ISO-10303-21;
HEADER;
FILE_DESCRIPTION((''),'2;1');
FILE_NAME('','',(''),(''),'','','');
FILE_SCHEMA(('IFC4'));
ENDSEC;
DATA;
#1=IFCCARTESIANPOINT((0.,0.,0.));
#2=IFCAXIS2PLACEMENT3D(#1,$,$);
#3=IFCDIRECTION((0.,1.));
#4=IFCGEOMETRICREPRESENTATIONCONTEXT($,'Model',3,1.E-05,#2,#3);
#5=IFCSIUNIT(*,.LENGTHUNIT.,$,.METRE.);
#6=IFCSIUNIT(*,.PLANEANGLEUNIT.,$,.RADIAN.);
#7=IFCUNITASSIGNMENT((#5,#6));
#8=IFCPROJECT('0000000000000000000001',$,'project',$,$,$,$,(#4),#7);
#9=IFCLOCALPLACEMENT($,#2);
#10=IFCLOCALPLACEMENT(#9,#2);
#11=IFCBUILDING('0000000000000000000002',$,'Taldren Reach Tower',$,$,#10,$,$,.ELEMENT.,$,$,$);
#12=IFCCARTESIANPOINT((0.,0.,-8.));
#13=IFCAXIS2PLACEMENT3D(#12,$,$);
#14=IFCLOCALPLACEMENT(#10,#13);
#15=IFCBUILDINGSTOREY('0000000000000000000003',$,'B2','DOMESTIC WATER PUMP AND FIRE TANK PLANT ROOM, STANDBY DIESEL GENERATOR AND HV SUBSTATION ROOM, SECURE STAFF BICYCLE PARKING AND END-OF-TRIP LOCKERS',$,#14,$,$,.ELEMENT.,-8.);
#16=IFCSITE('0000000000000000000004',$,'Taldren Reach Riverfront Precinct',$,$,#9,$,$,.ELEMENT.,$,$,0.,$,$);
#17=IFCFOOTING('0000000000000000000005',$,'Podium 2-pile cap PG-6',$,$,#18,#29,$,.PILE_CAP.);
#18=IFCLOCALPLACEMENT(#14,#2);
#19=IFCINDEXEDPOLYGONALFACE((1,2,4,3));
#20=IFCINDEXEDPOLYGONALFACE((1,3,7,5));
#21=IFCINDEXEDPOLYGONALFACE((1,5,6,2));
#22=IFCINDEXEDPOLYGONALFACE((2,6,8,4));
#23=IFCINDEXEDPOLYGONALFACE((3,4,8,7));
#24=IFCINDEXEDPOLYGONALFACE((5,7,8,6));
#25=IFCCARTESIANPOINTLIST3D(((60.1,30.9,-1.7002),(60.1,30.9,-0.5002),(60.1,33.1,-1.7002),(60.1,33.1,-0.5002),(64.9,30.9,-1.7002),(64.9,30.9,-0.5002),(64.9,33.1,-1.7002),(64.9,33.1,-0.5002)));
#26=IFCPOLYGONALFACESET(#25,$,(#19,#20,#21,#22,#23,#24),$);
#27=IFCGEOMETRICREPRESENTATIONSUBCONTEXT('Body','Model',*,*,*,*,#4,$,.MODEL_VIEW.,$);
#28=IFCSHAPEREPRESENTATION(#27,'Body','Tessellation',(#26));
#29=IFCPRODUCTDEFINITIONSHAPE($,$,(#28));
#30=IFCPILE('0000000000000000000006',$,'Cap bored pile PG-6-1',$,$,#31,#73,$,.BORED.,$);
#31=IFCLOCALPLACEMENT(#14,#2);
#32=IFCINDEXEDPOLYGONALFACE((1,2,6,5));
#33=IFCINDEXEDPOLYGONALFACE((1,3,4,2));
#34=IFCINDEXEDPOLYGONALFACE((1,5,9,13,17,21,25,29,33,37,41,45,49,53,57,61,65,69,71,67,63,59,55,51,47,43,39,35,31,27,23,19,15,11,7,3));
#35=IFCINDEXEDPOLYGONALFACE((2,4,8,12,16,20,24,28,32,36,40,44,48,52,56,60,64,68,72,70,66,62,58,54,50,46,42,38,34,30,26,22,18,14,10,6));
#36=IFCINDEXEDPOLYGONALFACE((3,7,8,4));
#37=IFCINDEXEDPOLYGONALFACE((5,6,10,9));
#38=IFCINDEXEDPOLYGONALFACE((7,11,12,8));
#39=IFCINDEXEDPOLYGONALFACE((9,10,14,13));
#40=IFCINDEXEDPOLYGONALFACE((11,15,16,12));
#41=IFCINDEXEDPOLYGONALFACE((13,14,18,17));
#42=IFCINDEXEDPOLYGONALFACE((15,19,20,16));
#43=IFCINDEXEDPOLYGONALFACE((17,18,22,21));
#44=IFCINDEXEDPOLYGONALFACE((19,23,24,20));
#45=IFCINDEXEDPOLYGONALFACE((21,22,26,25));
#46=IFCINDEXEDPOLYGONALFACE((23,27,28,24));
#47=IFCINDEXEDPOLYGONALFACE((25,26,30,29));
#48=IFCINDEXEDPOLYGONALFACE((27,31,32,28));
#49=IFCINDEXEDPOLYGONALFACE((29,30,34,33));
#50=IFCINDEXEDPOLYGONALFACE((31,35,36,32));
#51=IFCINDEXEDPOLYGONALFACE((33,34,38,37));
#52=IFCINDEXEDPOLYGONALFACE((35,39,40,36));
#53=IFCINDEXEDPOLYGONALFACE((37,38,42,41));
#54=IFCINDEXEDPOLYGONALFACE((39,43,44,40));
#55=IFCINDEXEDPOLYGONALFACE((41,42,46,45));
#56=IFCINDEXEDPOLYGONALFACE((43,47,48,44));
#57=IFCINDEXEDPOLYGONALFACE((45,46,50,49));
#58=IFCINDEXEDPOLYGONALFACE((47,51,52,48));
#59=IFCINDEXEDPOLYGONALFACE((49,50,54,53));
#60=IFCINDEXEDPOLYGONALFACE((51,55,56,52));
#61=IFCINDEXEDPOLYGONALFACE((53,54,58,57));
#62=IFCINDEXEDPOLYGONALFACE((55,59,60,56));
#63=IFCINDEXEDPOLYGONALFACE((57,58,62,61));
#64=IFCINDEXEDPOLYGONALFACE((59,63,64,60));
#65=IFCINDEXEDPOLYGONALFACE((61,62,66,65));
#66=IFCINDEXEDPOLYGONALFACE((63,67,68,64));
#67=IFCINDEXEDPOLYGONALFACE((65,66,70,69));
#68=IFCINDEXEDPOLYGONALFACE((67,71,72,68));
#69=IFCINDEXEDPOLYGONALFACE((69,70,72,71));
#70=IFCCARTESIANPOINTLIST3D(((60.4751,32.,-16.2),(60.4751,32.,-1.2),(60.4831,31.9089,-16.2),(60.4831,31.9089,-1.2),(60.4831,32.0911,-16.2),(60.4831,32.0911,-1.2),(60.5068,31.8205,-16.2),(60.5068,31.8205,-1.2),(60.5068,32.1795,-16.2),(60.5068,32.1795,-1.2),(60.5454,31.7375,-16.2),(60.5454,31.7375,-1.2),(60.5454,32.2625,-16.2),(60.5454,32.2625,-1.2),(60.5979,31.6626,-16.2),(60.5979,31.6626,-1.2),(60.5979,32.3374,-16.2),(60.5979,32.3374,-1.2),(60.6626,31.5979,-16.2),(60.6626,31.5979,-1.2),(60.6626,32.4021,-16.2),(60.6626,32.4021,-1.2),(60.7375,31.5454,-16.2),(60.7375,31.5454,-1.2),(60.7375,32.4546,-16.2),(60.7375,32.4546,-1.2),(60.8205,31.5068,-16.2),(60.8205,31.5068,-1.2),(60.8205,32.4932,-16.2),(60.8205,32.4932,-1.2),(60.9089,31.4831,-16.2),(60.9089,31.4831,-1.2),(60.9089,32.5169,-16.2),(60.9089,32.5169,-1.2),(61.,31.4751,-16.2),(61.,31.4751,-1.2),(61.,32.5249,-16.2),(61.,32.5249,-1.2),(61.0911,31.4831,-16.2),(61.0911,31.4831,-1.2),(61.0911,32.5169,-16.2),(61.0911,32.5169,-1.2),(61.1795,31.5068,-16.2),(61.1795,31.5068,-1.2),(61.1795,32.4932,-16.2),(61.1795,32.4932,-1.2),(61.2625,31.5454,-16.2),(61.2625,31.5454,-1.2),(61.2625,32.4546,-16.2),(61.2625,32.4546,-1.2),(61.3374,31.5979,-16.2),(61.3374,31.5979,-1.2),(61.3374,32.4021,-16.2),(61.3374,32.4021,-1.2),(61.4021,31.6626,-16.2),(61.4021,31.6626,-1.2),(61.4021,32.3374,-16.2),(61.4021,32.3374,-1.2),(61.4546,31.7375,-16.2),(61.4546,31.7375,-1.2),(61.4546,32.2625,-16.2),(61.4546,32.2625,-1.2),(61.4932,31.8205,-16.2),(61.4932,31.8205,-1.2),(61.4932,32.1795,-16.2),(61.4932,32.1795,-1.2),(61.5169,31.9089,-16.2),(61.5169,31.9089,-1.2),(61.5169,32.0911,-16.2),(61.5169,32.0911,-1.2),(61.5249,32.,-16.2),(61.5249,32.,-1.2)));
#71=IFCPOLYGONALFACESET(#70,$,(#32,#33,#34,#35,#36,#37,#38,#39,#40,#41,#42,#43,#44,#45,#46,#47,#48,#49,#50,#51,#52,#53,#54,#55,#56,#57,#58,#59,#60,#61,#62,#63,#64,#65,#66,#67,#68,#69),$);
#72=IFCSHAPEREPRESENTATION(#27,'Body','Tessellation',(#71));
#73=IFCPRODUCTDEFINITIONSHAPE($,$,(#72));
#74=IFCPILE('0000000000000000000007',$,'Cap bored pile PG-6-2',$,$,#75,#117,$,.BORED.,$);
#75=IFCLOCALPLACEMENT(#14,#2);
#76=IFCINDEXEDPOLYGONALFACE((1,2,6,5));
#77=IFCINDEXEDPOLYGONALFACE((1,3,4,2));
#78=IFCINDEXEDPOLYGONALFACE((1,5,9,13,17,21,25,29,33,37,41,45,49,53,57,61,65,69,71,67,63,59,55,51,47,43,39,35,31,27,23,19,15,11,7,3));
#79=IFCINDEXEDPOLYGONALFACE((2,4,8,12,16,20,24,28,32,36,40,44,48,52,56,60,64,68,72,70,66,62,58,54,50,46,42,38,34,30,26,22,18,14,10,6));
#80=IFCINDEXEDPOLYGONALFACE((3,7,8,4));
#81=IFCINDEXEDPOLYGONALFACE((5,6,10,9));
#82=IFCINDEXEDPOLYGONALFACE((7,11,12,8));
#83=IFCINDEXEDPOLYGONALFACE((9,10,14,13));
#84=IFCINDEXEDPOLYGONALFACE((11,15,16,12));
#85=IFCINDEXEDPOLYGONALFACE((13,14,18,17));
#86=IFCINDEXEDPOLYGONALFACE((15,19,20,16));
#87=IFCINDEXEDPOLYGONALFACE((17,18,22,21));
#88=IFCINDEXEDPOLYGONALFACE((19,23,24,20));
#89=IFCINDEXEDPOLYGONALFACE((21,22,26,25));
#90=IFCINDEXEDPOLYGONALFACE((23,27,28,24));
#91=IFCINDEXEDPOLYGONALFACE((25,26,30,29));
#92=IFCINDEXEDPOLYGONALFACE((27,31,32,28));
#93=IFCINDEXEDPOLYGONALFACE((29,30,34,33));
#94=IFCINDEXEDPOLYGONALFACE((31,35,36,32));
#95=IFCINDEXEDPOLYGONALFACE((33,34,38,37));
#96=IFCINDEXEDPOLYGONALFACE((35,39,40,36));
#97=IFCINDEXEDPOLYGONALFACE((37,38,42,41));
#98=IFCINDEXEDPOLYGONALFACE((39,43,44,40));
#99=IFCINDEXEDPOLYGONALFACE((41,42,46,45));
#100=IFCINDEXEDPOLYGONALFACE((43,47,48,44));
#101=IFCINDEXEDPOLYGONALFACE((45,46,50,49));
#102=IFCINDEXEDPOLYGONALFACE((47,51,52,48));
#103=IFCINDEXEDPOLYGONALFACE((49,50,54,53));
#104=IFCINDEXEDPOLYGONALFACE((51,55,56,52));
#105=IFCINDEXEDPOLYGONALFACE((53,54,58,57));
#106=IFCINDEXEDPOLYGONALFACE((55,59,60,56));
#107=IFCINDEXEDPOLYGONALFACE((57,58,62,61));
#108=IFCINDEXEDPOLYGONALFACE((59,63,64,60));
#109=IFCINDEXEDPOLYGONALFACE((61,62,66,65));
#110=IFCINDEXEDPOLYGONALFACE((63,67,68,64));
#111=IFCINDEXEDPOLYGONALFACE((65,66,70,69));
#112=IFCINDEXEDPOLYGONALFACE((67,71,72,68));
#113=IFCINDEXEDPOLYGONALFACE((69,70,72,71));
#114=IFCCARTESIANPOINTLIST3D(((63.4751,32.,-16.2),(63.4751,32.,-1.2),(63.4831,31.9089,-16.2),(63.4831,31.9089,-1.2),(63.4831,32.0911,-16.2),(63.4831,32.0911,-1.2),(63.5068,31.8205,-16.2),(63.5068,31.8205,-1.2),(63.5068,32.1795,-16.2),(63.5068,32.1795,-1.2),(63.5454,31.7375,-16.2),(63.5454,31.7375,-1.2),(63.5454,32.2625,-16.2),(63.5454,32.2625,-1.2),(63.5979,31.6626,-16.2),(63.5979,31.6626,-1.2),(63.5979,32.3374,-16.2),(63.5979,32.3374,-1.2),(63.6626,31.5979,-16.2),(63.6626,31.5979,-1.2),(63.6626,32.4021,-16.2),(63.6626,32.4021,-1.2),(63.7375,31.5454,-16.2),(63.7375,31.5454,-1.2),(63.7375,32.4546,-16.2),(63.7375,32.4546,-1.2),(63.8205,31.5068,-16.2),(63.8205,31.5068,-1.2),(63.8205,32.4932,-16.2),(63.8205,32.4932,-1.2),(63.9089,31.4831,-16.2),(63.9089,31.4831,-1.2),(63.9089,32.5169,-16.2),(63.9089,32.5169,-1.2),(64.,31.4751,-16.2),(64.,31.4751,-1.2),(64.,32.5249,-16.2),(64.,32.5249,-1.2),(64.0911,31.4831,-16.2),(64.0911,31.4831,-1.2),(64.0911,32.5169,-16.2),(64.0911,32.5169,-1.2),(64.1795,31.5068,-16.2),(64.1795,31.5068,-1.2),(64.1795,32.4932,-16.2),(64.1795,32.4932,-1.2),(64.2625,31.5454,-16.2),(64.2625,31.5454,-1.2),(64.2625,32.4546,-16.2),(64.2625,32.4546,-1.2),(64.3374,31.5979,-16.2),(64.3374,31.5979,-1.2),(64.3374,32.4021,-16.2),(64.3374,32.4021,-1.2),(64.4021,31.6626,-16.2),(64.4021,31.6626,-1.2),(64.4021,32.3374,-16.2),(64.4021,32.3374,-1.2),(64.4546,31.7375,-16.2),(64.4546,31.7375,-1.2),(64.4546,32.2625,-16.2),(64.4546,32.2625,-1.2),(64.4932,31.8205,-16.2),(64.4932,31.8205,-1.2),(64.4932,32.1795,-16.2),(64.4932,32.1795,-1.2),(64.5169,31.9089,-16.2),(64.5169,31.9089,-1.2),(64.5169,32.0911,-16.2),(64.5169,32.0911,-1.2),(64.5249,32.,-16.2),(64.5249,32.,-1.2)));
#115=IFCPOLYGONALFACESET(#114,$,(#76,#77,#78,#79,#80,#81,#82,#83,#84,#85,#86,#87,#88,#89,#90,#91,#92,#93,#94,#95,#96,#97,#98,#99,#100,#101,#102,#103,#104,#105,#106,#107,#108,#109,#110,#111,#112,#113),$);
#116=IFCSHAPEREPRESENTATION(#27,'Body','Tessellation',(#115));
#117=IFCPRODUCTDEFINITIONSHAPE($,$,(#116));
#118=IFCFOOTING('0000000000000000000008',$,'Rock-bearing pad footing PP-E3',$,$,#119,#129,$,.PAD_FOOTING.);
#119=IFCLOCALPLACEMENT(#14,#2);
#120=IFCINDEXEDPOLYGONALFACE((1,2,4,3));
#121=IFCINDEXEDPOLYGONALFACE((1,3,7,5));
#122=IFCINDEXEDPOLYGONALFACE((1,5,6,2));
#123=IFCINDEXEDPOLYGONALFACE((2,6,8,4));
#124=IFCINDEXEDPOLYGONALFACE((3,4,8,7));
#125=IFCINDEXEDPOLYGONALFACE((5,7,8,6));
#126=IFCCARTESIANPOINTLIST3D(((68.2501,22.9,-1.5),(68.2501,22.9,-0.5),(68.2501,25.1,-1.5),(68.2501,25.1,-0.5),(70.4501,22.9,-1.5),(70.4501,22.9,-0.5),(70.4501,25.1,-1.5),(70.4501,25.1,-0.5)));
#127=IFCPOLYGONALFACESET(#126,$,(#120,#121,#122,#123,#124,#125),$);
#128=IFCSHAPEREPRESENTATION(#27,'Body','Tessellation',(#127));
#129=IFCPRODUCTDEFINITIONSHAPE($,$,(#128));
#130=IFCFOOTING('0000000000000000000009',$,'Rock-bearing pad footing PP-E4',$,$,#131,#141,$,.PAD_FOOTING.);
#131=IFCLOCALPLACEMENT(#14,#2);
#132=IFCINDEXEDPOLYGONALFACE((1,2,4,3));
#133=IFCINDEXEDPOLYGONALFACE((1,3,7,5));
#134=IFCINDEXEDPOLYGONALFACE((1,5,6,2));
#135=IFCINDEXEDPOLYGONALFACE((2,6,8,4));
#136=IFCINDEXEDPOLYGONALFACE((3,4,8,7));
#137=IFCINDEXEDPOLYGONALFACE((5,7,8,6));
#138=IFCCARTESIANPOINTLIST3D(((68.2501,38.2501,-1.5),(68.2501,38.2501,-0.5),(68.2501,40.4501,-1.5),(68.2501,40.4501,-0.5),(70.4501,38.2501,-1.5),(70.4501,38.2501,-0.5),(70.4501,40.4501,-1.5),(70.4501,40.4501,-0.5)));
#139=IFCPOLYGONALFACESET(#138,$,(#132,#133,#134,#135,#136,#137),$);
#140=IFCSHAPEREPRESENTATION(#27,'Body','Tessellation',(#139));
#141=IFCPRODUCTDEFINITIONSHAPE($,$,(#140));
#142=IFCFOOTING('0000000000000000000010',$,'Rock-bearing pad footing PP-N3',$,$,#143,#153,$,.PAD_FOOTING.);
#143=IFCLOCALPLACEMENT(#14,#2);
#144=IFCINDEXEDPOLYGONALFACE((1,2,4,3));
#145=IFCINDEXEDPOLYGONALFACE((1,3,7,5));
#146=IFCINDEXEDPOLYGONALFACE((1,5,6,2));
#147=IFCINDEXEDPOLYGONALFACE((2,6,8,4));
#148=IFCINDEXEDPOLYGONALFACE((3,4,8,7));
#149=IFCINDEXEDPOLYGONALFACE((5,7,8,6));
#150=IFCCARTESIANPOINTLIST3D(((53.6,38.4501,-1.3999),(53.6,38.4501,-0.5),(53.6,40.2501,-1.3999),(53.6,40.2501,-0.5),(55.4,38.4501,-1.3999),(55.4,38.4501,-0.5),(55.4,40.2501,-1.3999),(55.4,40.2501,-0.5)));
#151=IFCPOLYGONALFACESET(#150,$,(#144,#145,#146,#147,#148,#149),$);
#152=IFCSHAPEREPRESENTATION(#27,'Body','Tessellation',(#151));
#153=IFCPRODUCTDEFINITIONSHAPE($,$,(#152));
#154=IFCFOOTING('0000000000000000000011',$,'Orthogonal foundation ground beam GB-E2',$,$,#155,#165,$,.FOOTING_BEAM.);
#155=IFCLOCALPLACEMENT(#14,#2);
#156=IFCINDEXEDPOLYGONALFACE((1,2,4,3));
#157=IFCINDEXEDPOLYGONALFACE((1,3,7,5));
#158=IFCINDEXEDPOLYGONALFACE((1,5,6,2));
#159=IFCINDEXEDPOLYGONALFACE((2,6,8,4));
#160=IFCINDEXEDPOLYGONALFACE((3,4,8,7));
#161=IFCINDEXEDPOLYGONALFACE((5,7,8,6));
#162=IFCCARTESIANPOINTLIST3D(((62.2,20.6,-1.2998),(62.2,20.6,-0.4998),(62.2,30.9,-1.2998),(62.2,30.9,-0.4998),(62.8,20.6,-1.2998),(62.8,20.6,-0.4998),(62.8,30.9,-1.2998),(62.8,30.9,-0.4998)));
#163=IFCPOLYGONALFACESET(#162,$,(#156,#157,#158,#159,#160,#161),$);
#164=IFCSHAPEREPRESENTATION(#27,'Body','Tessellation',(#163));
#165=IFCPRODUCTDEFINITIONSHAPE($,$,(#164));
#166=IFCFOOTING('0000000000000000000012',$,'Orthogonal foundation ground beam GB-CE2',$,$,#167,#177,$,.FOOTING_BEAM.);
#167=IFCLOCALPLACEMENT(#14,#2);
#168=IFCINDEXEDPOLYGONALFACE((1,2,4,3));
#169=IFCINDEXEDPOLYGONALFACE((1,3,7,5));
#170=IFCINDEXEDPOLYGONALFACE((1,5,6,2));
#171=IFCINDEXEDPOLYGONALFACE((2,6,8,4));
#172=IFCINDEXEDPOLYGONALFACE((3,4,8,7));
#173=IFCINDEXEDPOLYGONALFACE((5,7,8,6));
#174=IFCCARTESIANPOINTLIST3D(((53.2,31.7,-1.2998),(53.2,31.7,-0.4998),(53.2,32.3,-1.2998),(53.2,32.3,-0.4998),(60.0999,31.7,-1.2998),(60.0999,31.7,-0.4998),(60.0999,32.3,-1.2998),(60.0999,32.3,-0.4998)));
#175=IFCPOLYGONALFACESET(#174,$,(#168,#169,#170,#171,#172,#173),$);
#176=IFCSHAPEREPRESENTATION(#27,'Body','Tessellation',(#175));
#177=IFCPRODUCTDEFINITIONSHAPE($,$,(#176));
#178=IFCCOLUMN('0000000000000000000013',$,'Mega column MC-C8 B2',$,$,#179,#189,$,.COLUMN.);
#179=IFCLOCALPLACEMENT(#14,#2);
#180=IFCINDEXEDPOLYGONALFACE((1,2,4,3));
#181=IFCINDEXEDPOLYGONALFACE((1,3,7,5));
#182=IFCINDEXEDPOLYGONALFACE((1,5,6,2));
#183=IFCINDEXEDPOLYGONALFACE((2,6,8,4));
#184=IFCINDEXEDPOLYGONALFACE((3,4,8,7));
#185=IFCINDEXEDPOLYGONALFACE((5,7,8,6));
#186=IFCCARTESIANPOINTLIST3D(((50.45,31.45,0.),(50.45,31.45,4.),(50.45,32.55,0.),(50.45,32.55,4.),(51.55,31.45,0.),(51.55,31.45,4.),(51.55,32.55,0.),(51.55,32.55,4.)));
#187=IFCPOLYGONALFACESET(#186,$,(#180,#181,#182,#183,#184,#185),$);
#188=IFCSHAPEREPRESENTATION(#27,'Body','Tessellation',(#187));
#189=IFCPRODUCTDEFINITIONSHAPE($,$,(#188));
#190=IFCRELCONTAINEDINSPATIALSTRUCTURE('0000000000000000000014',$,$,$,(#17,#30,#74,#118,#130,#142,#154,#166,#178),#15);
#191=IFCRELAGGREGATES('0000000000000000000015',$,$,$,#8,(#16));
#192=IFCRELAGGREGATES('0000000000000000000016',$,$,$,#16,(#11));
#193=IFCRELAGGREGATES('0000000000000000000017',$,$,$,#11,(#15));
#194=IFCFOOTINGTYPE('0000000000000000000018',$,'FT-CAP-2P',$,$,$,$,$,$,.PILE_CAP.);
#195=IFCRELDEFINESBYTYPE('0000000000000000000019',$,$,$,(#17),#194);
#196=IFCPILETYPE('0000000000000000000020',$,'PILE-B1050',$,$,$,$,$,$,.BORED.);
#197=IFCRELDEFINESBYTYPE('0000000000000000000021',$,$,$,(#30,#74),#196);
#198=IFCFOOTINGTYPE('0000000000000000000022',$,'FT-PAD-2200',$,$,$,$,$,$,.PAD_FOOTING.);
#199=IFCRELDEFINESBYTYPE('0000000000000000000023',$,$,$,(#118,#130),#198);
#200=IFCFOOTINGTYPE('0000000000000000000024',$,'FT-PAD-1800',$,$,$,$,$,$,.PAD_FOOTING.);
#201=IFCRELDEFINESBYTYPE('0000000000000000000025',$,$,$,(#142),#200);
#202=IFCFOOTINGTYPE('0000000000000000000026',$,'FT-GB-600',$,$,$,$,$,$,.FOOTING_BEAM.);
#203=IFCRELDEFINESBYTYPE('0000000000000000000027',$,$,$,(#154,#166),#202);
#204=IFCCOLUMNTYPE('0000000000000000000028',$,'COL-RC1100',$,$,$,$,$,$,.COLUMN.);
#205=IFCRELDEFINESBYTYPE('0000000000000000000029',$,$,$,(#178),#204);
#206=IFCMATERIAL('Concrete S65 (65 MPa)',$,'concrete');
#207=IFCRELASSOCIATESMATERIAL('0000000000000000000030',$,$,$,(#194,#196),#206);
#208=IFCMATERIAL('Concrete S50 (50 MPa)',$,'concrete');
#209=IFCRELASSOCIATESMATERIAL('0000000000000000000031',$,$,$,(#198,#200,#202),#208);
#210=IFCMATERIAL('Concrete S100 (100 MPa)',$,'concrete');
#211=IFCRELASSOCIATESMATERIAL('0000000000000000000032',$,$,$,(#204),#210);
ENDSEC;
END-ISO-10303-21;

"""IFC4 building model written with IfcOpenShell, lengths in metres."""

from ifc_helpers import new_model, si_unit, direction, frame, origin, origin_2d, place, context, subcontext, project, spatial, rectangle, circle, extrude, source, transform, mapped, material, material_profile, profile_set, type_object, element, save


model = new_model("IFC4")

# Units and contexts
model_context = context("Model", 3, precision=1e-05, world=origin(), true_north=direction((0.0, 1.0)))
body_context = subcontext(model_context, "Body", "Model", "MODEL_VIEW")
ifc_project = project(units=[si_unit("LENGTHUNIT", "METRE"), si_unit("PLANEANGLEUNIT", "RADIAN")], contexts=[model_context])

# Site, building, storey
site_placement = place(None, origin())
site = spatial("IfcSite", under=ifc_project, at=site_placement, Name="Taldren Reach Riverfront Precinct", CompositionType="ELEMENT", RefElevation=0.0)
building_placement = place(site_placement, origin())
building = spatial("IfcBuilding", under=site, at=building_placement, Name="Taldren Reach Tower", CompositionType="ELEMENT")
storey_placement = place(building_placement, frame((0.0, 0.0, -8.0)))
storey = spatial("IfcBuildingStorey", under=building, at=storey_placement, Name="B2", Description="DOMESTIC WATER PUMP AND FIRE TANK PLANT ROOM, STANDBY DIESEL GENERATOR AND HV SUBSTATION ROOM, SECURE STAFF BICYCLE PARKING AND END-OF-TRIP LOCKERS", CompositionType="ELEMENT", Elevation=-8.0)

# Footing
ifc_material_1 = material(Name="Concrete S65 (65 MPa)", Category="concrete")
footing_type_1 = type_object("IfcFootingType", Name="FT-CAP-2P", PredefinedType="PILE_CAP", material=ifc_material_1)
shared_shape_1 = source(origin(), body_context, "Body", "SweptSolid", [
    extrude(rectangle(XDim=4.8, YDim=2.2, at=origin_2d()), origin(), (0.0, 0.0, 1.0), 1.2),
])
footing_1_placement = place(storey_placement, frame((62.5, 32.0, -1.7002), z_axis=(0.0, 0.0, 1.0), x_axis=(1.0, 0.0, 0.0)))
element("IfcFooting", 1, at=footing_1_placement, inside=storey, type_object=footing_type_1, Name="Podium 2-pile cap PG-6", PredefinedType="PILE_CAP", context=body_context, shape_type="MappedRepresentation", body=[
    mapped(shared_shape_1, transform((0.0, 0.0, 0.0), scale=1.0)),
])

# Piles
ifc_material_profile_1 = material_profile(ifc_material_1, circle(Radius=0.5249, at=origin_2d()), Name="PB-1050")
ifc_profile_set_1 = profile_set([ifc_material_profile_1], Name="Concrete S65 (65 MPa)")
pile_type = type_object("IfcPileType", Name="PILE-B1050", PredefinedType="BORED", material=ifc_profile_set_1)
shared_shape_2 = source(origin(), body_context, "Body", "SweptSolid", [
    extrude(circle(Radius=0.5249, at=origin_2d()), origin(), (0.0, 0.0, 1.0), 15.0),
])
for number, where, z_axis, x_axis, name in (
    (2, (61.0, 32.0, -1.2), (0.0, 0.0, -1.0), (1.0, 0.0, 0.0), "Cap bored pile PG-6-1"),
    (3, (64.0, 32.0, -1.2), (0.0, 0.0, -1.0), (1.0, 0.0, 0.0), "Cap bored pile PG-6-2"),
):
    element("IfcPile", number, at=place(storey_placement, frame(where, z_axis=z_axis, x_axis=x_axis)), inside=storey, type_object=pile_type, Name=name, PredefinedType="BORED", context=body_context, shape_type="MappedRepresentation", body=[
        mapped(shared_shape_2, transform((0.0, 0.0, 0.0), scale=1.0)),
    ])

# Footings
ifc_material_2 = material(Name="Concrete S50 (50 MPa)", Category="concrete")
footing_type_2 = type_object("IfcFootingType", Name="FT-PAD-2200", PredefinedType="PAD_FOOTING", material=ifc_material_2)
shared_shape_3 = source(origin(), body_context, "Body", "SweptSolid", [
    extrude(rectangle(XDim=2.2, YDim=2.2, at=origin_2d()), origin(), (0.0, 0.0, 1.0), 1.0),
])
for number, where, z_axis, x_axis, name in (
    (4, (69.3501, 24.0, -1.5), (0.0, 0.0, 1.0), (1.0, 0.0, 0.0), "Rock-bearing pad footing PP-E3"),
    (5, (69.3501, 39.3501, -1.5), (0.0, 0.0, 1.0), (1.0, 0.0, 0.0), "Rock-bearing pad footing PP-E4"),
):
    element("IfcFooting", number, at=place(storey_placement, frame(where, z_axis=z_axis, x_axis=x_axis)), inside=storey, type_object=footing_type_2, Name=name, PredefinedType="PAD_FOOTING", context=body_context, shape_type="MappedRepresentation", body=[
        mapped(shared_shape_3, transform((0.0, 0.0, 0.0), scale=1.0)),
    ])
footing_type_3 = type_object("IfcFootingType", Name="FT-PAD-1800", PredefinedType="PAD_FOOTING", material=ifc_material_2)
shared_shape_4 = source(origin(), body_context, "Body", "SweptSolid", [
    extrude(rectangle(XDim=1.8, YDim=1.8, at=origin_2d()), origin(), (0.0, 0.0, 1.0), 0.8999),
])
footing_2_placement = place(storey_placement, frame((54.5, 39.3501, -1.3999), z_axis=(0.0, 0.0, 1.0), x_axis=(1.0, 0.0, 0.0)))
element("IfcFooting", 6, at=footing_2_placement, inside=storey, type_object=footing_type_3, Name="Rock-bearing pad footing PP-N3", PredefinedType="PAD_FOOTING", context=body_context, shape_type="MappedRepresentation", body=[
    mapped(shared_shape_4, transform((0.0, 0.0, 0.0), scale=1.0)),
])
footing_type_4 = type_object("IfcFootingType", Name="FT-GB-600", PredefinedType="FOOTING_BEAM", material=ifc_material_2)
shared_shape_5 = source(origin(), body_context, "Body", "SweptSolid", [
    extrude(rectangle(XDim=10.3, YDim=0.6001, at=origin_2d()), origin(), (0.0, 0.0, 1.0), 0.8),
])
footing_3_placement = place(storey_placement, frame((62.5, 25.75, -1.2998), z_axis=(0.0, 0.0, 1.0), x_axis=(0.0, 1.0, 0.0)))
element("IfcFooting", 7, at=footing_3_placement, inside=storey, type_object=footing_type_4, Name="Orthogonal foundation ground beam GB-E2", PredefinedType="FOOTING_BEAM", context=body_context, shape_type="MappedRepresentation", body=[
    mapped(shared_shape_5, transform((0.0, 0.0, 0.0), scale=1.0)),
])
shared_shape_6 = source(origin(), body_context, "Body", "SweptSolid", [
    extrude(rectangle(XDim=6.8999, YDim=0.6001, at=origin_2d()), origin(), (0.0, 0.0, 1.0), 0.8),
])
footing_4_placement = place(storey_placement, frame((56.6499, 32.0, -1.2998), z_axis=(0.0, 0.0, 1.0), x_axis=(1.0, 0.0, 0.0)))
element("IfcFooting", 8, at=footing_4_placement, inside=storey, type_object=footing_type_4, Name="Orthogonal foundation ground beam GB-CE2", PredefinedType="FOOTING_BEAM", context=body_context, shape_type="MappedRepresentation", body=[
    mapped(shared_shape_6, transform((0.0, 0.0, 0.0), scale=1.0)),
])

# Column
ifc_material_3 = material(Name="Concrete S100 (100 MPa)", Category="concrete")
ifc_material_profile_2 = material_profile(ifc_material_3, rectangle(XDim=1.1001, YDim=1.1001, at=origin_2d()), Name="RC-1100x1100")
ifc_profile_set_2 = profile_set([ifc_material_profile_2], Name="Concrete S100 (100 MPa)")
column_type_1 = type_object("IfcColumnType", Name="COL-RC1100", PredefinedType="COLUMN", material=ifc_profile_set_2)
shared_shape_7 = source(origin(), body_context, "Body", "SweptSolid", [
    extrude(rectangle(XDim=1.1001, YDim=1.1001, at=origin_2d()), origin(), (0.0, 0.0, 1.0), 4.0),
])
column_1_placement = place(storey_placement, frame((51.0, 32.0, 0.0), z_axis=(0.0, 0.0, 1.0), x_axis=(1.0, 0.0, 0.0)))
element("IfcColumn", 9, at=column_1_placement, inside=storey, type_object=column_type_1, Name="Mega column MC-C8 B2", PredefinedType="COLUMN", context=body_context, shape_type="MappedRepresentation", body=[
    mapped(shared_shape_7, transform((0.0, 0.0, 0.0), scale=1.0)),
])

save(model, "model.ifc")
